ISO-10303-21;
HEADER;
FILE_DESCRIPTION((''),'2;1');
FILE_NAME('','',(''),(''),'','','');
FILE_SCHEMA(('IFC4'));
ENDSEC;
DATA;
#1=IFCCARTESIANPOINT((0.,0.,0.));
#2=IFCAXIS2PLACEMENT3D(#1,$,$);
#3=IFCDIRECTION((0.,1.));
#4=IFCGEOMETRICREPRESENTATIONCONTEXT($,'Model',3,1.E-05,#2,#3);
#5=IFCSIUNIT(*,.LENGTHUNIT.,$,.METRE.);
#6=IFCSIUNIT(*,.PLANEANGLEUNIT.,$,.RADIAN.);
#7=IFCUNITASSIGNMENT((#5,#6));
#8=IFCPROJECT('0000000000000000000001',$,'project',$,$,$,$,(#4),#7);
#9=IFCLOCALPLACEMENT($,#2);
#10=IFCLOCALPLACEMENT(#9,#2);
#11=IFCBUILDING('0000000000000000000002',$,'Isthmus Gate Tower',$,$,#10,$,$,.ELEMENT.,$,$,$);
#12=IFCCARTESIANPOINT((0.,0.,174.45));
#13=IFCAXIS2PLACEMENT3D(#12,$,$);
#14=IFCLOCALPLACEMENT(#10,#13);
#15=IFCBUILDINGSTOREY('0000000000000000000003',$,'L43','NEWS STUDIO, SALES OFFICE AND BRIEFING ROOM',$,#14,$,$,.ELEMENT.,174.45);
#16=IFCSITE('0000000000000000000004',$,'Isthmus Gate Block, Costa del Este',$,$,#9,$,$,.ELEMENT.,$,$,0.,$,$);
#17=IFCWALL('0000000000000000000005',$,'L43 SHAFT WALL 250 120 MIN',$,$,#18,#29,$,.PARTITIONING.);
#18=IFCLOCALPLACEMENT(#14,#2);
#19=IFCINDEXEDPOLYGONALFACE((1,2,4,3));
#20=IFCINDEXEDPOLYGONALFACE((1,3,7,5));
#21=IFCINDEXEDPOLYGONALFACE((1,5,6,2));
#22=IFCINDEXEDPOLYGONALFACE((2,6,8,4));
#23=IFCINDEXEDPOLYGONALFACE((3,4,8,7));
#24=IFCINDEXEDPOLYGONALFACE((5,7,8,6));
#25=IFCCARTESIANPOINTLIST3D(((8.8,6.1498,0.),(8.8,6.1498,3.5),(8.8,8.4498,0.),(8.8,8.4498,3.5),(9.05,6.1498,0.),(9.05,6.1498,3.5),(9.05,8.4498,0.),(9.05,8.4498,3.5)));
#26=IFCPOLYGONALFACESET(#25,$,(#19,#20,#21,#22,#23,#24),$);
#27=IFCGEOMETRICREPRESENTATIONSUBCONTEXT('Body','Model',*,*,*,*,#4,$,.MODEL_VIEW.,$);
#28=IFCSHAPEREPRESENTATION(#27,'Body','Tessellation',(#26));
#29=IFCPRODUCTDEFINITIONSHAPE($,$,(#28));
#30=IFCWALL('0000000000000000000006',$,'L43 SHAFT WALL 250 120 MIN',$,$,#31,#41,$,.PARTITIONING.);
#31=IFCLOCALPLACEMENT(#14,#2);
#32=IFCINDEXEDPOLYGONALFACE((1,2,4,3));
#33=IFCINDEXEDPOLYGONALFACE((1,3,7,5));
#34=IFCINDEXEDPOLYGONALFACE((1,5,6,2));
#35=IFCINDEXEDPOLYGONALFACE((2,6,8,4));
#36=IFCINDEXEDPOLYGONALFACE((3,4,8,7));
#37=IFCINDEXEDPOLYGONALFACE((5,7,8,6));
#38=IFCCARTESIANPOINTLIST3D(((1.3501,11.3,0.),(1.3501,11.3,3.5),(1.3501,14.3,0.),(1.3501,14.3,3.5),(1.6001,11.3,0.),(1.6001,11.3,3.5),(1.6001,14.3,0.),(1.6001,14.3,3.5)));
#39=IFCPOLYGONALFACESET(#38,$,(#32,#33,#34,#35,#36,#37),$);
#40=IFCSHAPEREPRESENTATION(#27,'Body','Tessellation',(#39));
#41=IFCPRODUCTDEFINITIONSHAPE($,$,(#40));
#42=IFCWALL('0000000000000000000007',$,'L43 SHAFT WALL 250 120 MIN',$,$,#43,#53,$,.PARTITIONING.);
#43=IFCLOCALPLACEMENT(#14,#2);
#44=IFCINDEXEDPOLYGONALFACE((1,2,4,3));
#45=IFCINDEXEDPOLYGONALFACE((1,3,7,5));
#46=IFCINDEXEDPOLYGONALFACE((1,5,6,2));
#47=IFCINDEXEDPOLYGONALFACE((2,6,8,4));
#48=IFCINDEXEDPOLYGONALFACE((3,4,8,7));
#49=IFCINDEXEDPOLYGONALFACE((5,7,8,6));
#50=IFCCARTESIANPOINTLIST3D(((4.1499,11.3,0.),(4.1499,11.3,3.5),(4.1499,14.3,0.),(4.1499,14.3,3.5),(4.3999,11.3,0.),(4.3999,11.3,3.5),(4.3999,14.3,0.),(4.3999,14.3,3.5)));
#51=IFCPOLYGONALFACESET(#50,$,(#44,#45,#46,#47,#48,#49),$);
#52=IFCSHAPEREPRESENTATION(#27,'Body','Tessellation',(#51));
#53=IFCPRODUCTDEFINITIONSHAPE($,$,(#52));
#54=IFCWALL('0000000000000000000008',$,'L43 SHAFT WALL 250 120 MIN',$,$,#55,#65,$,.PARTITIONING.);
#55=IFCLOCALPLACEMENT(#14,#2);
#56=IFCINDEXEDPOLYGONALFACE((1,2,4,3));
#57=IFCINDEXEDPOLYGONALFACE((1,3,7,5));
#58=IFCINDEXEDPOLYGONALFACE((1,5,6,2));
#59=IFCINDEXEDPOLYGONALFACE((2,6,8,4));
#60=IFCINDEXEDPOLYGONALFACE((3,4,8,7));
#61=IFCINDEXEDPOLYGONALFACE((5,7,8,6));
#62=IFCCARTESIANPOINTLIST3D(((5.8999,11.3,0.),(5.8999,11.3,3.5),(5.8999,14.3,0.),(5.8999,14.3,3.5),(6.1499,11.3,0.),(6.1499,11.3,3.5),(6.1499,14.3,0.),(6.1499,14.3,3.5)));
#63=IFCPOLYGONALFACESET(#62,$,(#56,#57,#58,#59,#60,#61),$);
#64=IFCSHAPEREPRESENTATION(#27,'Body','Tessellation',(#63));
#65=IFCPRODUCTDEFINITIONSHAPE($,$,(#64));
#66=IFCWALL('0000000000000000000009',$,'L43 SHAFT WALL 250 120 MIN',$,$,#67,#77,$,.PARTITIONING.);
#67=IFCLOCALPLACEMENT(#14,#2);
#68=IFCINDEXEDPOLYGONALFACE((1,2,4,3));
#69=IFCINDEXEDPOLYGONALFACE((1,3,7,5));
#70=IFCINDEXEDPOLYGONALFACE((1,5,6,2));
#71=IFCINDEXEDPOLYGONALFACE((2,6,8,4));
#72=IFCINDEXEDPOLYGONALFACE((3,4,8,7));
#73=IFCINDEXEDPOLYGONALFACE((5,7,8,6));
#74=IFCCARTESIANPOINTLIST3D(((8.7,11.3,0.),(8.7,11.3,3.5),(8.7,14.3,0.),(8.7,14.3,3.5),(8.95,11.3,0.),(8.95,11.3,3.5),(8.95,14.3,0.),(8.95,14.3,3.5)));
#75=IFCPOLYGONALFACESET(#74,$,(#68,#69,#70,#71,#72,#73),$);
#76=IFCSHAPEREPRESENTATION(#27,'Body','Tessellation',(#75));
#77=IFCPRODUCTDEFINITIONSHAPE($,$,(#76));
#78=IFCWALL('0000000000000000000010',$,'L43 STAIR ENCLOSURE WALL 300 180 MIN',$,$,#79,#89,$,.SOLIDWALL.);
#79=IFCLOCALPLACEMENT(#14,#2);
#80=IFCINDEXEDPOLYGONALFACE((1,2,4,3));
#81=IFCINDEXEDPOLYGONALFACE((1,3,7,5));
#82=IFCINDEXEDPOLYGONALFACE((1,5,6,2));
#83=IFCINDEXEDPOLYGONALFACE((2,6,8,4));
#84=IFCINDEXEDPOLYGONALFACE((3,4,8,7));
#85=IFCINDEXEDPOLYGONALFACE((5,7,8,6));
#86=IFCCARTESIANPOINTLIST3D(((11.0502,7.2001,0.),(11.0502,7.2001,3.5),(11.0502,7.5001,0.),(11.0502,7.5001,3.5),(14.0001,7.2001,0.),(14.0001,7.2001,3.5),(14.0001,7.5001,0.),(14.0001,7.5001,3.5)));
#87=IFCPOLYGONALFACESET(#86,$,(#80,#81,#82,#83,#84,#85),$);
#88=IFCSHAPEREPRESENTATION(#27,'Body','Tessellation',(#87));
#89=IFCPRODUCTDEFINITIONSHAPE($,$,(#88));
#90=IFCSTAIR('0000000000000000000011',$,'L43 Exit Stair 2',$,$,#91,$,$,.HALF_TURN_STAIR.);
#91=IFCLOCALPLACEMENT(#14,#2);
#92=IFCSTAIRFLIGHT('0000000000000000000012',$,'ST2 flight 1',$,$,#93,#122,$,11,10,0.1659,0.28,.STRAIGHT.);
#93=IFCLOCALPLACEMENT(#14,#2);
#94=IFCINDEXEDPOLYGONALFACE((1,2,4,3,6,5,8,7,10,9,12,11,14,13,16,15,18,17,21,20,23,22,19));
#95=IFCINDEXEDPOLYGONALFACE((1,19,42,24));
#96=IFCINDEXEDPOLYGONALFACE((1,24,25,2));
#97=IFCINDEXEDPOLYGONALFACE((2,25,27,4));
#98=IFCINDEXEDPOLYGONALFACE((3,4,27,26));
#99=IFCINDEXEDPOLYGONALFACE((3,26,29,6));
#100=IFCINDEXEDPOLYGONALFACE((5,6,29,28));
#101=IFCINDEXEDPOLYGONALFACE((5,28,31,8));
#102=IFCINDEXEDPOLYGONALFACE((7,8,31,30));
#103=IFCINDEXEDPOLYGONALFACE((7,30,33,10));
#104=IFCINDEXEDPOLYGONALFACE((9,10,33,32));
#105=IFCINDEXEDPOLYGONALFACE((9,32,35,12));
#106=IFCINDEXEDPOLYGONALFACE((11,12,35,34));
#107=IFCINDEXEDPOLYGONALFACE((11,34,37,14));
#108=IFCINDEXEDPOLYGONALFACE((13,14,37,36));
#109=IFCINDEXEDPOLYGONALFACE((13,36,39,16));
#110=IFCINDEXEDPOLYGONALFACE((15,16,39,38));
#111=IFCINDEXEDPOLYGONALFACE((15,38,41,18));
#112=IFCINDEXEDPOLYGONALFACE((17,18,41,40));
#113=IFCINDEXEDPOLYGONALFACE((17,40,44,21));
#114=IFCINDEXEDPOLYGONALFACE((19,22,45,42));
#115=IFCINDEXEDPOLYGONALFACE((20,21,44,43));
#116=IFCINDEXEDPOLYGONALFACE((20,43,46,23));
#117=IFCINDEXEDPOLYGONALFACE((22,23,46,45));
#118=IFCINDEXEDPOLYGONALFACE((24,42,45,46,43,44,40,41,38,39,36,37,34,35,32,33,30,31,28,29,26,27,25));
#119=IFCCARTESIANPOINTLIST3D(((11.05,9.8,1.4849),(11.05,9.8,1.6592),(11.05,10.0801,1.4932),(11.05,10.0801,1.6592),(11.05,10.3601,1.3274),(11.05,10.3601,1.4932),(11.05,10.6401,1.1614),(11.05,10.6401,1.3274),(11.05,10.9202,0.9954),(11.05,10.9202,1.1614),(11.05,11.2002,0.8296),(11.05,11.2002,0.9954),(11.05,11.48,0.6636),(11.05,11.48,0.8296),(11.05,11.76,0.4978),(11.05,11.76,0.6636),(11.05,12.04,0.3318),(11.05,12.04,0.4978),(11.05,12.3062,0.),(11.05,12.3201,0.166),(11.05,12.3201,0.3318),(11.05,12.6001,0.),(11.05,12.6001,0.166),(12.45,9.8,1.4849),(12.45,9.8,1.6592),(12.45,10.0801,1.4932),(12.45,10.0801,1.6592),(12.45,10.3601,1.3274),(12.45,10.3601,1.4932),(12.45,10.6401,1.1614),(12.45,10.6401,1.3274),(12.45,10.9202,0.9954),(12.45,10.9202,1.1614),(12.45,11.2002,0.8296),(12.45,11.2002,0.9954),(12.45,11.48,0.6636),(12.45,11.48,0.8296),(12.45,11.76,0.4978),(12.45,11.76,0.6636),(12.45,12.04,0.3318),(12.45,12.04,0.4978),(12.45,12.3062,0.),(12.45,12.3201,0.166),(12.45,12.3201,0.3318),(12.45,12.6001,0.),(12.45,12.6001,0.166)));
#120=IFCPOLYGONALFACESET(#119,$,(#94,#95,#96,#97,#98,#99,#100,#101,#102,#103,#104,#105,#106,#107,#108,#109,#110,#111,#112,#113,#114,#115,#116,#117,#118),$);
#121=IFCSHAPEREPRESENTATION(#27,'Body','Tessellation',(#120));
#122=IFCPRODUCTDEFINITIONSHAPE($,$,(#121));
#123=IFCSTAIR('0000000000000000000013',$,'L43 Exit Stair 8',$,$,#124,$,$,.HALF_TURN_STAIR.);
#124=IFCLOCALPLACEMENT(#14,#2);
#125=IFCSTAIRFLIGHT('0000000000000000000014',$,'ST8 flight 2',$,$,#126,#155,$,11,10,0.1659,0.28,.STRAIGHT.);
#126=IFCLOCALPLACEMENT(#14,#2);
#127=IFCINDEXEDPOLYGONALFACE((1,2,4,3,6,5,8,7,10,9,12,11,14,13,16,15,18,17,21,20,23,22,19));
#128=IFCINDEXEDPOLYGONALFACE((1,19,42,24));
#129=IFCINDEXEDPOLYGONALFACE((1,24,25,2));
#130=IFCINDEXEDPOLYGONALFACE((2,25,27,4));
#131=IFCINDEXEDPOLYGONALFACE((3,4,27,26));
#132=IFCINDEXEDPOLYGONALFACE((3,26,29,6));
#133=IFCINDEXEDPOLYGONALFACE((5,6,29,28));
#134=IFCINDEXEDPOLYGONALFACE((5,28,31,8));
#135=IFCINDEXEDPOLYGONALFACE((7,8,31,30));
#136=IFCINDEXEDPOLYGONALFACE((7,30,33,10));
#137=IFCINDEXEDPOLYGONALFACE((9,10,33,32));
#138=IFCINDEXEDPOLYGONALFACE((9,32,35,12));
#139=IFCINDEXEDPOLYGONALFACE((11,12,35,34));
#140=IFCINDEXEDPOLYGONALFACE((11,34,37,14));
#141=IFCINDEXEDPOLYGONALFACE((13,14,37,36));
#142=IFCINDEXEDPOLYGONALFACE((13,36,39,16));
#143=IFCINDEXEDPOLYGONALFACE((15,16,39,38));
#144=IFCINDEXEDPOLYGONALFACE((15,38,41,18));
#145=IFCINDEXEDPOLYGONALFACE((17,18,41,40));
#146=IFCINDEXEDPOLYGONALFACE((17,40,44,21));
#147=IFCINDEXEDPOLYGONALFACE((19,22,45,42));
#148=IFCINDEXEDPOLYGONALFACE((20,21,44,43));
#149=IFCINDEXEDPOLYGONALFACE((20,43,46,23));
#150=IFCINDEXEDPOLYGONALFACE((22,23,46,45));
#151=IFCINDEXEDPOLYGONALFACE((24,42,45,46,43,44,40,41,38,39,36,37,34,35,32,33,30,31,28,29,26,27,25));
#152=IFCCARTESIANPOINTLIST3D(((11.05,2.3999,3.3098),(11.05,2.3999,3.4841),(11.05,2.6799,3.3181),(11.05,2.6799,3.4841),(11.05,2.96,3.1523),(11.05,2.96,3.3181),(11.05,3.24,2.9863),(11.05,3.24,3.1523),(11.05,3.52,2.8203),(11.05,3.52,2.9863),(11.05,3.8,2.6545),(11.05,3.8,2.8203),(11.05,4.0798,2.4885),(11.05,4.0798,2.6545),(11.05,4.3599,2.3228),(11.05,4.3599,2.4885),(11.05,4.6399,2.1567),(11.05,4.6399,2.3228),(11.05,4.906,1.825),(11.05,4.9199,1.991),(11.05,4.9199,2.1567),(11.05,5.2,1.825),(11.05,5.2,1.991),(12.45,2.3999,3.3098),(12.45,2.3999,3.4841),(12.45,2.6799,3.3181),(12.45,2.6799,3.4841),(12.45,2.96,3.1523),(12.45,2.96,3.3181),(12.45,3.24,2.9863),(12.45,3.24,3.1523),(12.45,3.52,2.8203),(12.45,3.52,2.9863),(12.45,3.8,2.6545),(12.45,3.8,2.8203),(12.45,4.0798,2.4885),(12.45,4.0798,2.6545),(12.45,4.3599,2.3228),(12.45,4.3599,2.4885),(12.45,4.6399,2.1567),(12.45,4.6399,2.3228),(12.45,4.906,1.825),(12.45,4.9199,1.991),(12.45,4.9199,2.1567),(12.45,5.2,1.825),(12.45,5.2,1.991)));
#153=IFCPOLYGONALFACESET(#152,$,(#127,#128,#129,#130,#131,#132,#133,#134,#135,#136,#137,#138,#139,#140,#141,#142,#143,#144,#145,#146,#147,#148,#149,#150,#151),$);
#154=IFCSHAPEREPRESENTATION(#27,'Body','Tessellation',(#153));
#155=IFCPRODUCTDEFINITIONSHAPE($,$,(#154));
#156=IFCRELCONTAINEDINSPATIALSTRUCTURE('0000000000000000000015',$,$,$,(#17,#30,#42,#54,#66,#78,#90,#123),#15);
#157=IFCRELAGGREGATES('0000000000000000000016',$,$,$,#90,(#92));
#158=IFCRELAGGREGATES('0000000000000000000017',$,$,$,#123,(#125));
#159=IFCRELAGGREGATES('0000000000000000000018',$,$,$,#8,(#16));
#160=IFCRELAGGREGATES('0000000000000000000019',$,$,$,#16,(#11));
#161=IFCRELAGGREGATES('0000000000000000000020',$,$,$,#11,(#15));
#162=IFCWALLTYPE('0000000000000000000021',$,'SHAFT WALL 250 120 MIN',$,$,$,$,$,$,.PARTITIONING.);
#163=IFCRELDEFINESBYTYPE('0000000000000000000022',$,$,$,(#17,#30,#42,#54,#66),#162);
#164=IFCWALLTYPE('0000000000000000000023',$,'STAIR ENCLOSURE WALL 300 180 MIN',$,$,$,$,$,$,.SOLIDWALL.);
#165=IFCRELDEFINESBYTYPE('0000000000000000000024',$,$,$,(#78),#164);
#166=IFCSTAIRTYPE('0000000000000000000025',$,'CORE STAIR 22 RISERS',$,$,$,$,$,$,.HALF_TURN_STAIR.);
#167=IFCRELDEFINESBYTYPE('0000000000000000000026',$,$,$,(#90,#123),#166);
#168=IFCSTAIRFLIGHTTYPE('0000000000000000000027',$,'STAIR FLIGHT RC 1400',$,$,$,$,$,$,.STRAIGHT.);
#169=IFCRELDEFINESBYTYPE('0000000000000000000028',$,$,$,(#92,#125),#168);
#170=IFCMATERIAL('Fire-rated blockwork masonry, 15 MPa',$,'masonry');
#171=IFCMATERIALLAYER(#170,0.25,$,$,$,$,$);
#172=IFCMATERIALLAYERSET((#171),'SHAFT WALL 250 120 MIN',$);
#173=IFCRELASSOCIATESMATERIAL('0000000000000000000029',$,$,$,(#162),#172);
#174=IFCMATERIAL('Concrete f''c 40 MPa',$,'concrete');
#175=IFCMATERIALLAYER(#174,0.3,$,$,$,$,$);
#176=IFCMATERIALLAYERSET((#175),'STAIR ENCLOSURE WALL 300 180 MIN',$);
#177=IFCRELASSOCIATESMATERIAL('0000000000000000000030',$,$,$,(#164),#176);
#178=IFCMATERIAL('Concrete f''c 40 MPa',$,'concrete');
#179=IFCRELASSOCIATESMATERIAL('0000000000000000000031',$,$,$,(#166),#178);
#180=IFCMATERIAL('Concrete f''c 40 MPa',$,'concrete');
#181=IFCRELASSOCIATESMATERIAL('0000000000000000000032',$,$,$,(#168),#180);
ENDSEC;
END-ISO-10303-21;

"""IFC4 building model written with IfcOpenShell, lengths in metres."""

from ifc_helpers import new_model, si_unit, direction, frame, frame_2d, origin, place, context, subcontext, project, spatial, polyline, rectangle, outline, extrude, material, layer, layer_set, type_object, element, aggregate, save


model = new_model("IFC4")

# Units and contexts
model_context = context("Model", 3, precision=1e-05, world=origin(), true_north=direction((0.0, 1.0)))
body_context = subcontext(model_context, "Body", "Model", "MODEL_VIEW")
ifc_project = project(units=[si_unit("LENGTHUNIT", "METRE"), si_unit("PLANEANGLEUNIT", "RADIAN")], contexts=[model_context])

# Site, building, storey
site_placement = place(None, origin())
site = spatial("IfcSite", under=ifc_project, at=site_placement, Name="Isthmus Gate Block, Costa del Este", CompositionType="ELEMENT", RefElevation=0.0)
building_placement = place(site_placement, origin())
building = spatial("IfcBuilding", under=site, at=building_placement, Name="Isthmus Gate Tower", CompositionType="ELEMENT")
storey_placement = place(building_placement, frame((0.0, 0.0, 174.45)))
storey = spatial("IfcBuildingStorey", under=building, at=storey_placement, Name="L43", Description="NEWS STUDIO, SALES OFFICE AND BRIEFING ROOM", CompositionType="ELEMENT", Elevation=174.45)

# Walls
ifc_material_1 = material(Name="Fire-rated blockwork masonry, 15 MPa", Category="masonry")
ifc_layer_1 = layer(ifc_material_1, 0.25)
ifc_layer_set_1 = layer_set([ifc_layer_1], Name="SHAFT WALL 250 120 MIN")
wall_type_1 = type_object("IfcWallType", Name="SHAFT WALL 250 120 MIN", PredefinedType="PARTITIONING", material=ifc_layer_set_1)
for number, where, z_axis, x_axis, name in (
    (1, (8.925, 6.1499, 0.0), (0.0, 0.0, 1.0), (0.0, 1.0, 0.0), "L43 SHAFT WALL 250 120 MIN"),
):
    element("IfcWall", number, at=place(storey_placement, frame(where, z_axis=z_axis, x_axis=x_axis)), inside=storey, type_object=wall_type_1, Name=name, PredefinedType="PARTITIONING", context=body_context, shape_type="SweptSolid", body=[
        extrude(rectangle(XDim=2.3, YDim=0.25, at=frame_2d((1.1499, 0.0))), origin(), (0.0, 0.0, 1.0), 3.5),
    ])
for number, where, z_axis, x_axis, name in (
    (2, (1.4751, 11.3, 0.0), (0.0, 0.0, 1.0), (0.0, 1.0, 0.0), "L43 SHAFT WALL 250 120 MIN"),
    (3, (4.2749, 11.3, 0.0), (0.0, 0.0, 1.0), (0.0, 1.0, 0.0), "L43 SHAFT WALL 250 120 MIN"),
    (4, (6.0249, 11.3, 0.0), (0.0, 0.0, 1.0), (0.0, 1.0, 0.0), "L43 SHAFT WALL 250 120 MIN"),
    (5, (8.825, 11.3, 0.0), (0.0, 0.0, 1.0), (0.0, 1.0, 0.0), "L43 SHAFT WALL 250 120 MIN"),
):
    element("IfcWall", number, at=place(storey_placement, frame(where, z_axis=z_axis, x_axis=x_axis)), inside=storey, type_object=wall_type_1, Name=name, PredefinedType="PARTITIONING", context=body_context, shape_type="SweptSolid", body=[
        extrude(rectangle(XDim=3.0, YDim=0.25, at=frame_2d((1.5, 0.0))), origin(), (0.0, 0.0, 1.0), 3.5),
    ])
ifc_material_2 = material(Name="Concrete f'c 40 MPa", Category="concrete")
ifc_layer_2 = layer(ifc_material_2, 0.3)
ifc_layer_set_2 = layer_set([ifc_layer_2], Name="STAIR ENCLOSURE WALL 300 180 MIN")
wall_type_2 = type_object("IfcWallType", Name="STAIR ENCLOSURE WALL 300 180 MIN", PredefinedType="SOLIDWALL", material=ifc_layer_set_2)
wall_1_placement = place(storey_placement, frame((11.05, 7.3501, 0.0), z_axis=(0.0, 0.0, 1.0), x_axis=(1.0, 0.0, 0.0)))
element("IfcWall", 6, at=wall_1_placement, inside=storey, type_object=wall_type_2, Name="L43 STAIR ENCLOSURE WALL 300 180 MIN", PredefinedType="SOLIDWALL", context=body_context, shape_type="SweptSolid", body=[
    extrude(rectangle(XDim=2.95, YDim=0.3, at=frame_2d((1.4751, 0.0))), origin(), (0.0, 0.0, 1.0), 3.5),
])

# Stairs, stair flights
ifc_material_3 = material(Name="Concrete f'c 40 MPa", Category="concrete")
stair_type = type_object("IfcStairType", Name="CORE STAIR 22 RISERS", PredefinedType="HALF_TURN_STAIR", material=ifc_material_3)
stair_1_placement = place(storey_placement, origin())
stair_1 = element("IfcStair", 7, at=stair_1_placement, inside=storey, type_object=stair_type, Name="L43 Exit Stair 2", PredefinedType="HALF_TURN_STAIR")
ifc_material_4 = material(Name="Concrete f'c 40 MPa", Category="concrete")
stair_flight_type = type_object("IfcStairFlightType", Name="STAIR FLIGHT RC 1400", PredefinedType="STRAIGHT", material=ifc_material_4)
stair_flight_1_placement = place(storey_placement, frame((11.75, 12.6001, 0.0), z_axis=(0.0, 0.0, 1.0), x_axis=(0.0, -1.0, 0.0)))
stair_flight_1 = element("IfcStairFlight", 8, at=stair_flight_1_placement, type_object=stair_flight_type, Name="ST2 flight 1", NumberOfRisers=11, NumberOfTreads=10, PredefinedType="STRAIGHT", RiserHeight=0.1659, TreadLength=0.28, context=body_context, shape_type="SweptSolid", body=[
    extrude(outline(polyline([(0.0, 0.0), (0.0, 0.166), (0.28, 0.166), (0.28, 0.3318), (0.5601, 0.3318), (0.5601, 0.4978), (0.8401, 0.4978), (0.8401, 0.6636), (1.1201, 0.6636), (1.1201, 0.8296), (1.3999, 0.8296), (1.3999, 0.9954), (1.6799, 0.9954), (1.6799, 1.1614), (1.96, 1.1614), (1.96, 1.3274), (2.24, 1.3274), (2.24, 1.4932), (2.52, 1.4932), (2.52, 1.6592), (2.8, 1.6592), (2.8, 1.825), (2.8, 1.4849), (0.2939, 0.0), (0.0, 0.0)])), frame((0.0, 0.7, 0.0), z_axis=(0.0, -1.0, 0.0), x_axis=(1.0, 0.0, 0.0)), (0.0, 0.0, 1.0), 1.3999),
])
aggregate(stair_1, [stair_flight_1])
stair_2_placement = place(storey_placement, origin())
stair_2 = element("IfcStair", 9, at=stair_2_placement, inside=storey, type_object=stair_type, Name="L43 Exit Stair 8", PredefinedType="HALF_TURN_STAIR")
stair_flight_2_placement = place(storey_placement, frame((11.75, 5.2, 1.825), z_axis=(0.0, 0.0, 1.0), x_axis=(0.0, -1.0, 0.0)))
stair_flight_2 = element("IfcStairFlight", 10, at=stair_flight_2_placement, type_object=stair_flight_type, Name="ST8 flight 2", NumberOfRisers=11, NumberOfTreads=10, PredefinedType="STRAIGHT", RiserHeight=0.1659, TreadLength=0.28, context=body_context, shape_type="SweptSolid", body=[
    extrude(outline(polyline([(0.0, 0.0), (0.0, 0.166), (0.28, 0.166), (0.28, 0.3318), (0.5601, 0.3318), (0.5601, 0.4978), (0.8401, 0.4978), (0.8401, 0.6636), (1.1201, 0.6636), (1.1201, 0.8296), (1.3999, 0.8296), (1.3999, 0.9954), (1.6799, 0.9954), (1.6799, 1.1614), (1.96, 1.1614), (1.96, 1.3274), (2.24, 1.3274), (2.24, 1.4932), (2.52, 1.4932), (2.52, 1.6592), (2.8, 1.6592), (2.8, 1.825), (2.8, 1.4849), (0.2939, 0.0), (0.0, 0.0)])), frame((0.0, 0.7, 0.0), z_axis=(0.0, -1.0, 0.0), x_axis=(1.0, 0.0, 0.0)), (0.0, 0.0, 1.0), 1.3999),
])
aggregate(stair_2, [stair_flight_2])

save(model, "model.ifc")
